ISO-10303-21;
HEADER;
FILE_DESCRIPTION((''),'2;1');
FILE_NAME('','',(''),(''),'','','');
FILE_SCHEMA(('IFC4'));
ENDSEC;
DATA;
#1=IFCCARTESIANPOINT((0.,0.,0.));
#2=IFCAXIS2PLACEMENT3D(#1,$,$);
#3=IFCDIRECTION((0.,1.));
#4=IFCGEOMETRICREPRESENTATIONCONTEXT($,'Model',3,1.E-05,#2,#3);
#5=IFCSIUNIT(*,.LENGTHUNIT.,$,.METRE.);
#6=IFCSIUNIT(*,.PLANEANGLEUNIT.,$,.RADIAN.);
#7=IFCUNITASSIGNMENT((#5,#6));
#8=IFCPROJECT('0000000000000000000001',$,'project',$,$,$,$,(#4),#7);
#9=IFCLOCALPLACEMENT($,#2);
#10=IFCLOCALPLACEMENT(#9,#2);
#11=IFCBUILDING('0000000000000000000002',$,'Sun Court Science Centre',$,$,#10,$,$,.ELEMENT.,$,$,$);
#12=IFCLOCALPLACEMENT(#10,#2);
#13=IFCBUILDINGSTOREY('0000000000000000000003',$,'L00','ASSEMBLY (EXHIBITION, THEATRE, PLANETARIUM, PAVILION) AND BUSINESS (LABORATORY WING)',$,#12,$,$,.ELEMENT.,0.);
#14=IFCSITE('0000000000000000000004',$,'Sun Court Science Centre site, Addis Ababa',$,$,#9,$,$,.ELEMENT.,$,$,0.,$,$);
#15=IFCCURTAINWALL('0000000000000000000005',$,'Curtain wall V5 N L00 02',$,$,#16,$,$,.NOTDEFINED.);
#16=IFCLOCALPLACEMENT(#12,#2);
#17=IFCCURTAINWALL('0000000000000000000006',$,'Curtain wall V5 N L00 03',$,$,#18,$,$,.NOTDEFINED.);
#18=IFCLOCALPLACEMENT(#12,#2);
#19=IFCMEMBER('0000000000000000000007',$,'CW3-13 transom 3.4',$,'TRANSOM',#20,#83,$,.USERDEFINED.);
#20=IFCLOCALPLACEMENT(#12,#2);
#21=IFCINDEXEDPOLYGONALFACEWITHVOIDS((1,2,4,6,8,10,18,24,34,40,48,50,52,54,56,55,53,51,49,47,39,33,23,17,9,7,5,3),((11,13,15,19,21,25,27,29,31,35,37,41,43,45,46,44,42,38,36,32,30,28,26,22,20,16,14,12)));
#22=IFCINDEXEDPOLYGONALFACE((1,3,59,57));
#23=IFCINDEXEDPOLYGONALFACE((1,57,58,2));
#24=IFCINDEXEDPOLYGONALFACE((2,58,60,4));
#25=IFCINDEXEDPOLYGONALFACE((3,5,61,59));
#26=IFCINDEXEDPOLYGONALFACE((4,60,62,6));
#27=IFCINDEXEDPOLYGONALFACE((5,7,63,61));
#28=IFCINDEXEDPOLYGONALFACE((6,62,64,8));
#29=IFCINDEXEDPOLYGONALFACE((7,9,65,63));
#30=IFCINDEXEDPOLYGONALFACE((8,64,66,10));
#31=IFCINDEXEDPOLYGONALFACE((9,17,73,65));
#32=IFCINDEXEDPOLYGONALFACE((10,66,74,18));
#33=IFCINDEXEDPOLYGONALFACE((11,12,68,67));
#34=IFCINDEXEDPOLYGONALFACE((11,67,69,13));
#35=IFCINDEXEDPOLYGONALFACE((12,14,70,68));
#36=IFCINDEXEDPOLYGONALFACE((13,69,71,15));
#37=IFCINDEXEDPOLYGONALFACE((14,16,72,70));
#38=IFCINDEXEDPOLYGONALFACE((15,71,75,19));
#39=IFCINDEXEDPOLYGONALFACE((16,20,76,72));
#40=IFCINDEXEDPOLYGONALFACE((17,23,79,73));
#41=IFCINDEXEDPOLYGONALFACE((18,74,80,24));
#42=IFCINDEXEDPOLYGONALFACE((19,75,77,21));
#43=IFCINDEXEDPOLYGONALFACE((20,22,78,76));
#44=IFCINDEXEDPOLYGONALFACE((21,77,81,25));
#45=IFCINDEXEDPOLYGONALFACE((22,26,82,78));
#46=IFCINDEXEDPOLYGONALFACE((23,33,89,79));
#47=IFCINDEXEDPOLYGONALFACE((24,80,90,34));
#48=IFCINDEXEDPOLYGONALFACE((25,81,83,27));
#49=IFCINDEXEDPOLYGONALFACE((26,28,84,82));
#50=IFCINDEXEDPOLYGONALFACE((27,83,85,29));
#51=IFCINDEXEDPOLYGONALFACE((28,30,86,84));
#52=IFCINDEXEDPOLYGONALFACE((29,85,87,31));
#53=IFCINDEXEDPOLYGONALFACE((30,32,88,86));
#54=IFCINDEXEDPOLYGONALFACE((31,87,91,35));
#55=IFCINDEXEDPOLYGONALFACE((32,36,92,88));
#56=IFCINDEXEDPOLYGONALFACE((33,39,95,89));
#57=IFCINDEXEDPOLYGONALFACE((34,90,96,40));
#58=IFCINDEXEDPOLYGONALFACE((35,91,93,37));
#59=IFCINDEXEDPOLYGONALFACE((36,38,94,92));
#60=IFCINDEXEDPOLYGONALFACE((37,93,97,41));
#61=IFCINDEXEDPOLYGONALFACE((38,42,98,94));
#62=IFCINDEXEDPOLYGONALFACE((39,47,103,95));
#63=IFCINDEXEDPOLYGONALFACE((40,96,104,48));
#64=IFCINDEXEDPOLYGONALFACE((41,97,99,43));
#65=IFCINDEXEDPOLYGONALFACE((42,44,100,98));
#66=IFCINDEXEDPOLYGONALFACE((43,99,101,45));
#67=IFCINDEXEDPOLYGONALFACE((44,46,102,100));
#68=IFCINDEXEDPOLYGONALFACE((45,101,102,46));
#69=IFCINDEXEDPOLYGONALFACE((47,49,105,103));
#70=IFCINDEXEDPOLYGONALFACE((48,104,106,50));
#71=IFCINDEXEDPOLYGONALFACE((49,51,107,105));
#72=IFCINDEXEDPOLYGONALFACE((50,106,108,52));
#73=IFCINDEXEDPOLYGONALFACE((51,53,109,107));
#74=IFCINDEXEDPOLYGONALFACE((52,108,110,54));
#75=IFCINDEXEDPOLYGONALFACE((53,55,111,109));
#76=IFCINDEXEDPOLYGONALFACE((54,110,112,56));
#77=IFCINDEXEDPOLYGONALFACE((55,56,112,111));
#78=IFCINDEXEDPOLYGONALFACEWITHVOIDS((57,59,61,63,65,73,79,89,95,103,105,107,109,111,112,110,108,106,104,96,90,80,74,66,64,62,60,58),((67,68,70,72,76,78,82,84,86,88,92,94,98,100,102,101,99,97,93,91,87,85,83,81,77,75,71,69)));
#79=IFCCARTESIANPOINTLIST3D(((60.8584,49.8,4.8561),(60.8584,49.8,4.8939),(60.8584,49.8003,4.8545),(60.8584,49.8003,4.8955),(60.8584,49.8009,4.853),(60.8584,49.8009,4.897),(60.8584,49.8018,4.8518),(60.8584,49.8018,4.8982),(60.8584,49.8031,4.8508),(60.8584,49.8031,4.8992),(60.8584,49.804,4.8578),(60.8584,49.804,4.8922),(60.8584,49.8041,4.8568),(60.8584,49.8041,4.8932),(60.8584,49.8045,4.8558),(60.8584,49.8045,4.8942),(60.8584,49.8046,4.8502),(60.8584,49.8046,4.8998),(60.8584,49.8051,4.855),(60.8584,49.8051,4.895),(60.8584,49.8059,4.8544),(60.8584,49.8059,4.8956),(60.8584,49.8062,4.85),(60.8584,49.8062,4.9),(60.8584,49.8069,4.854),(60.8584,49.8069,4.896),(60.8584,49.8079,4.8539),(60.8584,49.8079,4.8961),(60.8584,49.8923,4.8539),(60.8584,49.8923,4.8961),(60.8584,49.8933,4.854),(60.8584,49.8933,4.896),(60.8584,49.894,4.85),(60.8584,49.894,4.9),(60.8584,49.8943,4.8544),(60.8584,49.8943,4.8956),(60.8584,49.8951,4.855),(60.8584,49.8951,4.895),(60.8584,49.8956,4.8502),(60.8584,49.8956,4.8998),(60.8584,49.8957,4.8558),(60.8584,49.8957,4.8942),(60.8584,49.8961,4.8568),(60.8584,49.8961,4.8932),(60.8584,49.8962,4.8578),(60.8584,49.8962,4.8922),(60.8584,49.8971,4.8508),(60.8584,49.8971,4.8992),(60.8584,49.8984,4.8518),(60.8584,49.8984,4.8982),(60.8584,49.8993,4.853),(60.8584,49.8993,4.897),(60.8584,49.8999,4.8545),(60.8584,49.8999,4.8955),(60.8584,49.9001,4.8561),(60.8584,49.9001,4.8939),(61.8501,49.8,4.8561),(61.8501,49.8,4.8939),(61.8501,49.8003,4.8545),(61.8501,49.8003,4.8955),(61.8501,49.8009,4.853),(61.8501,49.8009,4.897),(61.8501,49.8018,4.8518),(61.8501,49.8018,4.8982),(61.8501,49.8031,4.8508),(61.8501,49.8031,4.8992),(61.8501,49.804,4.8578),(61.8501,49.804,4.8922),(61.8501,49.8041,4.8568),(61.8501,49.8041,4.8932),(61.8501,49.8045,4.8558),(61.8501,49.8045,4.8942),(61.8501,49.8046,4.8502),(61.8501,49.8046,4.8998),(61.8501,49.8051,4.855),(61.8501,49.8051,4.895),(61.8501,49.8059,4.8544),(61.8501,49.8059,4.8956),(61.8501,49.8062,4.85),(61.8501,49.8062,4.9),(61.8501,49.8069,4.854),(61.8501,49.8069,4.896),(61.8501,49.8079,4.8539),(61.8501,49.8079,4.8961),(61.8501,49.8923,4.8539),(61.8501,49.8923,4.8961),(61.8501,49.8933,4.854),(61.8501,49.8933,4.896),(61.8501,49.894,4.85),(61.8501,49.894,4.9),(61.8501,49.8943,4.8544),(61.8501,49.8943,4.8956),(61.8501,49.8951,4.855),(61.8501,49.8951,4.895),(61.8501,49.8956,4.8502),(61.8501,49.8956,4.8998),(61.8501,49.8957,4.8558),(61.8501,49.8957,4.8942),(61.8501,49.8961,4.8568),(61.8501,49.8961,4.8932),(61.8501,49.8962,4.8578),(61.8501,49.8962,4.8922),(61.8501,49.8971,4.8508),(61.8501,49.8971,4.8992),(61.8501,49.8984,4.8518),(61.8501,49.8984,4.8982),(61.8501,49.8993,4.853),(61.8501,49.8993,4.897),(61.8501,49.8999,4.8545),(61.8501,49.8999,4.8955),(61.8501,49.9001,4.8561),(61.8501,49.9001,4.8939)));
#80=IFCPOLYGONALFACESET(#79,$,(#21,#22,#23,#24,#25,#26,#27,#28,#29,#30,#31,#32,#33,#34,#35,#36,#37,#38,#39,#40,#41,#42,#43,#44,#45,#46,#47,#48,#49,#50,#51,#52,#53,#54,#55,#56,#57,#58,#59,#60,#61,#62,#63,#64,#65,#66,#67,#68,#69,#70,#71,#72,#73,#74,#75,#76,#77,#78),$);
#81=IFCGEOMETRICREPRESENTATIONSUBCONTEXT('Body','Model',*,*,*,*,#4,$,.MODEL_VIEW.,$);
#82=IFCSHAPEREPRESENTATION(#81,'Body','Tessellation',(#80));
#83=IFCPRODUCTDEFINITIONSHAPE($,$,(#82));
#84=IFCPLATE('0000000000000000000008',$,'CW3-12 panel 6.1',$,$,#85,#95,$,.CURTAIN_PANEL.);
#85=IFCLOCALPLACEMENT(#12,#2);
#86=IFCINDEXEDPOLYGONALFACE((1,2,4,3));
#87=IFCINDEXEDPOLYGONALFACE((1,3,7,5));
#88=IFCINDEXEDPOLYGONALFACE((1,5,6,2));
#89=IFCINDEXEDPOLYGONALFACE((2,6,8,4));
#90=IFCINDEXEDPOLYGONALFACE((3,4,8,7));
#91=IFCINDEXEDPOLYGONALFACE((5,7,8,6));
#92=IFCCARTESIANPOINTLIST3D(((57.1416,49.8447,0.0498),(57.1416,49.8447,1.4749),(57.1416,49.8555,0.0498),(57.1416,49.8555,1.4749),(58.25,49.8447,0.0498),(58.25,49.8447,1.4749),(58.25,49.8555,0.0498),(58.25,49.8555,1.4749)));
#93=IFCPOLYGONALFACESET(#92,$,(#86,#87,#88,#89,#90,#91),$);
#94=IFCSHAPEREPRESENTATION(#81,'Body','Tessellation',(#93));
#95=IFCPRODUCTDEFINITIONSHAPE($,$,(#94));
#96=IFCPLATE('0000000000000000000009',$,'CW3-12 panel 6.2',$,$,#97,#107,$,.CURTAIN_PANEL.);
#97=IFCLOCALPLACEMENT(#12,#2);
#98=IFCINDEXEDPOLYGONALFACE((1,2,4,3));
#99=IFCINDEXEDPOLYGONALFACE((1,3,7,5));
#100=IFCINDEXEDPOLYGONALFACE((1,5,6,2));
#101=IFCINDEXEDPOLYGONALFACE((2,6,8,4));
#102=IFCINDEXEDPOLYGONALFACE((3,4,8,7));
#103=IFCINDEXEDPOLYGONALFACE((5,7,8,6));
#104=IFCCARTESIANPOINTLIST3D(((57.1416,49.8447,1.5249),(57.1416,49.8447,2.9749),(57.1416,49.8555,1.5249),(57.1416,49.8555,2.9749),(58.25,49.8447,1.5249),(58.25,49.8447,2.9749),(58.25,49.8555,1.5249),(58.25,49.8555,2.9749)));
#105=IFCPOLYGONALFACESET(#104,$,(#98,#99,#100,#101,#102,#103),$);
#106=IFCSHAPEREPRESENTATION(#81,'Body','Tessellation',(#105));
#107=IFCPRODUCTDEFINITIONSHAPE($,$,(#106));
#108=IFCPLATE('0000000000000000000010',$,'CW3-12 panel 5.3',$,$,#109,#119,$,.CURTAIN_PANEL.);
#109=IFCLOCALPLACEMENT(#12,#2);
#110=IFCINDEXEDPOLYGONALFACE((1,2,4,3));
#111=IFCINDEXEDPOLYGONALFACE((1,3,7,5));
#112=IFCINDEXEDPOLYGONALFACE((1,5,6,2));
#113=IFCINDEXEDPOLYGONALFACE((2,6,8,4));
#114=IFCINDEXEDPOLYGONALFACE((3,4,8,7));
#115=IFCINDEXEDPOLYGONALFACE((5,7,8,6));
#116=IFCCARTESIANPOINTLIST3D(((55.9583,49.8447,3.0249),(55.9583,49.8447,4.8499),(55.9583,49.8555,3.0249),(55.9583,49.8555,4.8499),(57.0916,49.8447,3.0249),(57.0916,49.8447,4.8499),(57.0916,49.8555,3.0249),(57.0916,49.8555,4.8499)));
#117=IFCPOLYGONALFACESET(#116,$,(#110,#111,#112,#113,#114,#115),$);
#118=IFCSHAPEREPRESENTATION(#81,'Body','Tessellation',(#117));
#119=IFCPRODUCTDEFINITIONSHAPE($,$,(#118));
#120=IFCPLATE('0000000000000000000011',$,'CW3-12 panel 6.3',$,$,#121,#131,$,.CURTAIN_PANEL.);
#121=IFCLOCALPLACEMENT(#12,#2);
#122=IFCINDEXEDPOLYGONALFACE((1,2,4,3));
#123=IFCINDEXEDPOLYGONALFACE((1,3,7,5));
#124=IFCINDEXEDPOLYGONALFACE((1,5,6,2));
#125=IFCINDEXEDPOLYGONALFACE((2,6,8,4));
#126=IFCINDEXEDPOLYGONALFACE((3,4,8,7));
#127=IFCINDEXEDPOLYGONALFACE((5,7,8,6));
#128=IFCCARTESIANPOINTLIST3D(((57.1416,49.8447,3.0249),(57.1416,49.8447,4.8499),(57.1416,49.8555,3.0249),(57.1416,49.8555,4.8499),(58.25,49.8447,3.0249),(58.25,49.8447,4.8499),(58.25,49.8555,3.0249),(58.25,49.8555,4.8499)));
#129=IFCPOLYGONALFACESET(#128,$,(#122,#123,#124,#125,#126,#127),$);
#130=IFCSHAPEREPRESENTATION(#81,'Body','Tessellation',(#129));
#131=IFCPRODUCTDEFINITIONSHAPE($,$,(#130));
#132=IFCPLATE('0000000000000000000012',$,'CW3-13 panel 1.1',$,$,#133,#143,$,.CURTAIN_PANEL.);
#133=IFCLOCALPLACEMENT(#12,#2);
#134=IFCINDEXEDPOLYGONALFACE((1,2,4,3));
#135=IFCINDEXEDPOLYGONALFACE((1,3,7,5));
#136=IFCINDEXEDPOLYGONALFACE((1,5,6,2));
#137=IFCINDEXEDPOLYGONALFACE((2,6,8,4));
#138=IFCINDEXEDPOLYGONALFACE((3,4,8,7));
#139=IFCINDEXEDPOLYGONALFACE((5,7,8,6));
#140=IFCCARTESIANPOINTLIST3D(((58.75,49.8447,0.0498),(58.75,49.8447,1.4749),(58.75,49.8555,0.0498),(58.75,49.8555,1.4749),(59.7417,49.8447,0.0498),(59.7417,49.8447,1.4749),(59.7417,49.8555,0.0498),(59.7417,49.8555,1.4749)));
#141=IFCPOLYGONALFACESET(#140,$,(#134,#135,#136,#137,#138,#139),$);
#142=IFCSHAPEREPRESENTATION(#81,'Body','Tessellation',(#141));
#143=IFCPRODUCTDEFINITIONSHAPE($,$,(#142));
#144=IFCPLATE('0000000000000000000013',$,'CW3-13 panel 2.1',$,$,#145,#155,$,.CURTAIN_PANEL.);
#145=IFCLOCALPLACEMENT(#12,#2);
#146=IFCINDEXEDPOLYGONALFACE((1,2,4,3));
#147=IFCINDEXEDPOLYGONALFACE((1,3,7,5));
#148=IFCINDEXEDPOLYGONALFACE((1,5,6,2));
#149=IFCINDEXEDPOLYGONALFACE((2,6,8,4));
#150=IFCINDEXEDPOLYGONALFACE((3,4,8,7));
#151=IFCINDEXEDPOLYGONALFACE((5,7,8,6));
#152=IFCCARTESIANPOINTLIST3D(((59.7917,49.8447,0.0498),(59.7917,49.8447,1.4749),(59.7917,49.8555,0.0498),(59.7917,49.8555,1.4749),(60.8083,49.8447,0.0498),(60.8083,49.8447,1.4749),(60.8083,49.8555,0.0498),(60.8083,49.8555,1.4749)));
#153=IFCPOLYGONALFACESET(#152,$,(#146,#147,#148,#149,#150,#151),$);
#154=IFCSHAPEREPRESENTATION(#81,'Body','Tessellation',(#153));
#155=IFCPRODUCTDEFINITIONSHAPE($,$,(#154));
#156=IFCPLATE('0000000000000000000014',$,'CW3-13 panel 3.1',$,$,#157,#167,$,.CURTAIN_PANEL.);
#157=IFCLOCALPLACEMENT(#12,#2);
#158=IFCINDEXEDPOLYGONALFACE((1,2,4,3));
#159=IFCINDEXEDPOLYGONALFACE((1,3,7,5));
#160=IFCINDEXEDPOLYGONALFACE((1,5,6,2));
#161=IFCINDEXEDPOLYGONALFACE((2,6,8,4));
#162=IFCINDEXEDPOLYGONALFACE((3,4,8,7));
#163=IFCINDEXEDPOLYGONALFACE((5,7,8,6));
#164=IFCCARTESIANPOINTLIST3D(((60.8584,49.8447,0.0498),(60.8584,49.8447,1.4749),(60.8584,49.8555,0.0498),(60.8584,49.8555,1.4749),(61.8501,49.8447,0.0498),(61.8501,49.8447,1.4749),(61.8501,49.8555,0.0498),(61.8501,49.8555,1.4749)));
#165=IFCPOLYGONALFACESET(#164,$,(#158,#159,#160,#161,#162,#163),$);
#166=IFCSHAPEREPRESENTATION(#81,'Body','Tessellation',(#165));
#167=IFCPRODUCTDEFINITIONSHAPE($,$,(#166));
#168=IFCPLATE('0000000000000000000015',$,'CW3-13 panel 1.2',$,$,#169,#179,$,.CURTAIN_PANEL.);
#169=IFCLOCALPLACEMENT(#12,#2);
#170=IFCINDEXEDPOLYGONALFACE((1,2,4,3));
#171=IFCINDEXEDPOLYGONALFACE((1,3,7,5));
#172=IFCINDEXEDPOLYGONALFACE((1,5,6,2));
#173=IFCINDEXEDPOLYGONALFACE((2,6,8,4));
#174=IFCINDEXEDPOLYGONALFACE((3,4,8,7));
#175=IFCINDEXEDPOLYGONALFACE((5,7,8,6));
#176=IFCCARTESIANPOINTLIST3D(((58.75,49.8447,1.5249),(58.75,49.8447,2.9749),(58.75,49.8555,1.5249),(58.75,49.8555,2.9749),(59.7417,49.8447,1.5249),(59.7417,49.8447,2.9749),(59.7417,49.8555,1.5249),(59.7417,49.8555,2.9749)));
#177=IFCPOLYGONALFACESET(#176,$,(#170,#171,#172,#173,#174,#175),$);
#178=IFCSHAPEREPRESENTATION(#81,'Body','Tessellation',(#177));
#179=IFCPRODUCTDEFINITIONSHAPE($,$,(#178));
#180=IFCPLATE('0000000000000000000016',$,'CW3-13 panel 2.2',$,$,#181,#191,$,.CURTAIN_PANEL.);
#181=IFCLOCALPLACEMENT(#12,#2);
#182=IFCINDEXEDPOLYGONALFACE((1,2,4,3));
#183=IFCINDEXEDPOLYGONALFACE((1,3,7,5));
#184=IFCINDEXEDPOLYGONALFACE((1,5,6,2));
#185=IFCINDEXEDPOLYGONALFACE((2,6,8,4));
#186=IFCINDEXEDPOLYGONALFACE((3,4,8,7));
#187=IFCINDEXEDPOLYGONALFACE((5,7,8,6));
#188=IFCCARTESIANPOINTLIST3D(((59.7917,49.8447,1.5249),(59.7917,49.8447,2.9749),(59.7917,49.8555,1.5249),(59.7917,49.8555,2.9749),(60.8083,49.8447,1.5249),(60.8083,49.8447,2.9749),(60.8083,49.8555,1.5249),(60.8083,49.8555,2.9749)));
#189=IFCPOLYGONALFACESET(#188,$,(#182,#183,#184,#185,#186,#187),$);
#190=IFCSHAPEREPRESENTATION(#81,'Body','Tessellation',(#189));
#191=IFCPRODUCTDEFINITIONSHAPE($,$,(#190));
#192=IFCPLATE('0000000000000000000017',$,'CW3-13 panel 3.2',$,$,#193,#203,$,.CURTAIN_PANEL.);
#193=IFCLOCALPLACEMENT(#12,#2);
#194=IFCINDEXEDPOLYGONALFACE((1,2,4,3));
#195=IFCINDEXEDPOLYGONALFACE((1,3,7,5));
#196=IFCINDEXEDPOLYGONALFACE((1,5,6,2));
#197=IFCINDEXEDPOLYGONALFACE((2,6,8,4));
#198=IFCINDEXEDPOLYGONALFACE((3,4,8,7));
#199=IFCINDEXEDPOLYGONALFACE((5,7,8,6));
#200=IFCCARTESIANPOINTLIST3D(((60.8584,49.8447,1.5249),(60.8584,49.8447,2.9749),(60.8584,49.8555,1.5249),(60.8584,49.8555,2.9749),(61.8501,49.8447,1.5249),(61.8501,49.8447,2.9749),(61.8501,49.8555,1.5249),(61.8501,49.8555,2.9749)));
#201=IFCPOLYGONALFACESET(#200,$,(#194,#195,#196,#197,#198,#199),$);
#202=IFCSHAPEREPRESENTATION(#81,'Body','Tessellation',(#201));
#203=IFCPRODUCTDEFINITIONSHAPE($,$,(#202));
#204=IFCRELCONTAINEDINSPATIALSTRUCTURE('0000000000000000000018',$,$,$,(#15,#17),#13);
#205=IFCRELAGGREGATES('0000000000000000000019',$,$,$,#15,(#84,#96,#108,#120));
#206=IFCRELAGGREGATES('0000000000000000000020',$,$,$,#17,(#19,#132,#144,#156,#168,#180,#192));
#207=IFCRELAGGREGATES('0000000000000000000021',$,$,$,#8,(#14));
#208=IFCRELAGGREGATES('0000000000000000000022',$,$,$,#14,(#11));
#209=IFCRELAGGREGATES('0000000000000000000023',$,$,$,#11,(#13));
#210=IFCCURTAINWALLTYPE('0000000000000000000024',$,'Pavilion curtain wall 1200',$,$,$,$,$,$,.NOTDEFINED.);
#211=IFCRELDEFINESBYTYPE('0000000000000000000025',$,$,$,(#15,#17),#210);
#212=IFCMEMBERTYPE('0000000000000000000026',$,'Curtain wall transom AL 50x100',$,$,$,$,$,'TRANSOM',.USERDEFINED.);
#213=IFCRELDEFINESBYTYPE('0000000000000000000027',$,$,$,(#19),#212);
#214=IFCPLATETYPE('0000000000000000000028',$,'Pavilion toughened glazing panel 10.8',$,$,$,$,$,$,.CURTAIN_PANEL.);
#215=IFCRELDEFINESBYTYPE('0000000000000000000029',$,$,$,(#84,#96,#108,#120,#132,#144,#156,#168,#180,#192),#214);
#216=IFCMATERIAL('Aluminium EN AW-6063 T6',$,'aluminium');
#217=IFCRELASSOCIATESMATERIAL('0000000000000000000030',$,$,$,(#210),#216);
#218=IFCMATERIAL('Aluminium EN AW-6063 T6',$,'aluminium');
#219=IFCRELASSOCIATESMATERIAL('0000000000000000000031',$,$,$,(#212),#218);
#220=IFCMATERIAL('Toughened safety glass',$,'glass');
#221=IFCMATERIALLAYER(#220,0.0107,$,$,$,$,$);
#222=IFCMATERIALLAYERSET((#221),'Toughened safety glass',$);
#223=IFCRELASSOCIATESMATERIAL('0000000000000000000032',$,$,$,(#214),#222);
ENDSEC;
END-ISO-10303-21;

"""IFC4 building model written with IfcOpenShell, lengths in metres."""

from ifc_helpers import new_model, si_unit, direction, frame, origin, origin_2d, place, context, subcontext, project, spatial, rectangle, hollow_rectangle, extrude, material, layer, layer_set, material_profile, profile_set, type_object, element, aggregate, save


model = new_model("IFC4")

# Units and contexts
model_context = context("Model", 3, precision=1e-05, world=origin(), true_north=direction((0.0, 1.0)))
body_context = subcontext(model_context, "Body", "Model", "MODEL_VIEW")
ifc_project = project(units=[si_unit("LENGTHUNIT", "METRE"), si_unit("PLANEANGLEUNIT", "RADIAN")], contexts=[model_context])

# Site, building, storey
site_placement = place(None, origin())
site = spatial("IfcSite", under=ifc_project, at=site_placement, Name="Sun Court Science Centre site, Addis Ababa", CompositionType="ELEMENT", RefElevation=0.0)
building_placement = place(site_placement, origin())
building = spatial("IfcBuilding", under=site, at=building_placement, Name="Sun Court Science Centre", CompositionType="ELEMENT")
storey_placement = place(building_placement, origin())
storey = spatial("IfcBuildingStorey", under=building, at=storey_placement, Name="L00", Description="ASSEMBLY (EXHIBITION, THEATRE, PLANETARIUM, PAVILION) AND BUSINESS (LABORATORY WING)", CompositionType="ELEMENT", Elevation=0.0)

# Curtain walls
ifc_material_1 = material(Name="Aluminium EN AW-6063 T6", Category="aluminium")
curtain_wall_type = type_object("IfcCurtainWallType", Name="Pavilion curtain wall 1200", PredefinedType="NOTDEFINED", material=ifc_material_1)
curtain_wall_1_placement = place(storey_placement, origin())
curtain_wall_1 = element("IfcCurtainWall", 1, at=curtain_wall_1_placement, inside=storey, type_object=curtain_wall_type, Name="Curtain wall V5 N L00 02", PredefinedType="NOTDEFINED")
curtain_wall_2_placement = place(storey_placement, origin())
curtain_wall_2 = element("IfcCurtainWall", 2, at=curtain_wall_2_placement, inside=storey, type_object=curtain_wall_type, Name="Curtain wall V5 N L00 03", PredefinedType="NOTDEFINED")

# Member
ifc_material_2 = material(Name="Aluminium EN AW-6063 T6", Category="aluminium")
ifc_material_profile_1 = material_profile(ifc_material_2, hollow_rectangle(XDim=0.05, YDim=0.1001, WallThickness=0.0039, InnerFilletRadius=0.0039, OuterFilletRadius=0.0061, at=origin_2d()), Name="AL 50x100x4")
ifc_profile_set_1 = profile_set([ifc_material_profile_1], Name="Aluminium EN AW-6063 T6")
member_type_1 = type_object("IfcMemberType", Name="Curtain wall transom AL 50x100", ElementType="TRANSOM", PredefinedType="USERDEFINED", material=ifc_profile_set_1)
member_1_placement = place(storey_placement, frame((60.8584, 49.8501, 4.875), z_axis=(1.0, 0.0, 0.0), x_axis=(0.0, 0.0, 1.0)))
member_1 = element("IfcMember", 3, at=member_1_placement, type_object=member_type_1, Name="CW3-13 transom 3.4", ObjectType="TRANSOM", PredefinedType="USERDEFINED", context=body_context, shape_type="SweptSolid", body=[
    extrude(hollow_rectangle(XDim=0.05, YDim=0.1001, WallThickness=0.0039, InnerFilletRadius=0.0039, OuterFilletRadius=0.0061, at=origin_2d()), origin(), (0.0, 0.0, 1.0), 0.9917),
])

# Plates
ifc_material_3 = material(Name="Toughened safety glass", Category="glass")
ifc_layer_1 = layer(ifc_material_3, 0.0107)
ifc_layer_set_1 = layer_set([ifc_layer_1], Name="Toughened safety glass")
plate_type = type_object("IfcPlateType", Name="Pavilion toughened glazing panel 10.8", PredefinedType="CURTAIN_PANEL", material=ifc_layer_set_1)
plate_1_placement = place(storey_placement, frame((57.6958, 49.8501, 0.0498), z_axis=(0.0, 0.0, 1.0), x_axis=(1.0, 0.0, 0.0)))
plate_1 = element("IfcPlate", 4, at=plate_1_placement, type_object=plate_type, Name="CW3-12 panel 6.1", PredefinedType="CURTAIN_PANEL", context=body_context, shape_type="SweptSolid", body=[
    extrude(rectangle(XDim=1.1084, YDim=0.0107, at=origin_2d()), origin(), (0.0, 0.0, 1.0), 1.425),
])
plate_2_placement = place(storey_placement, frame((57.6958, 49.8501, 1.5249), z_axis=(0.0, 0.0, 1.0), x_axis=(1.0, 0.0, 0.0)))
plate_2 = element("IfcPlate", 5, at=plate_2_placement, type_object=plate_type, Name="CW3-12 panel 6.2", PredefinedType="CURTAIN_PANEL", context=body_context, shape_type="SweptSolid", body=[
    extrude(rectangle(XDim=1.1084, YDim=0.0107, at=origin_2d()), origin(), (0.0, 0.0, 1.0), 1.45),
])
plate_3_placement = place(storey_placement, frame((56.5249, 49.8501, 3.0249), z_axis=(0.0, 0.0, 1.0), x_axis=(1.0, 0.0, 0.0)))
plate_3 = element("IfcPlate", 6, at=plate_3_placement, type_object=plate_type, Name="CW3-12 panel 5.3", PredefinedType="CURTAIN_PANEL", context=body_context, shape_type="SweptSolid", body=[
    extrude(rectangle(XDim=1.1333, YDim=0.0107, at=origin_2d()), origin(), (0.0, 0.0, 1.0), 1.825),
])
plate_4_placement = place(storey_placement, frame((57.6958, 49.8501, 3.0249), z_axis=(0.0, 0.0, 1.0), x_axis=(1.0, 0.0, 0.0)))
plate_4 = element("IfcPlate", 7, at=plate_4_placement, type_object=plate_type, Name="CW3-12 panel 6.3", PredefinedType="CURTAIN_PANEL", context=body_context, shape_type="SweptSolid", body=[
    extrude(rectangle(XDim=1.1084, YDim=0.0107, at=origin_2d()), origin(), (0.0, 0.0, 1.0), 1.825),
])
aggregate(curtain_wall_1, [plate_1, plate_2, plate_3, plate_4])
plate_5_placement = place(storey_placement, frame((59.2458, 49.8501, 0.0498), z_axis=(0.0, 0.0, 1.0), x_axis=(1.0, 0.0, 0.0)))
plate_5 = element("IfcPlate", 8, at=plate_5_placement, type_object=plate_type, Name="CW3-13 panel 1.1", PredefinedType="CURTAIN_PANEL", context=body_context, shape_type="SweptSolid", body=[
    extrude(rectangle(XDim=0.9917, YDim=0.0107, at=origin_2d()), origin(), (0.0, 0.0, 1.0), 1.425),
])
plate_6_placement = place(storey_placement, frame((60.3, 49.8501, 0.0498), z_axis=(0.0, 0.0, 1.0), x_axis=(1.0, 0.0, 0.0)))
plate_6 = element("IfcPlate", 9, at=plate_6_placement, type_object=plate_type, Name="CW3-13 panel 2.1", PredefinedType="CURTAIN_PANEL", context=body_context, shape_type="SweptSolid", body=[
    extrude(rectangle(XDim=1.0166, YDim=0.0107, at=origin_2d()), origin(), (0.0, 0.0, 1.0), 1.425),
])
plate_7_placement = place(storey_placement, frame((61.3542, 49.8501, 0.0498), z_axis=(0.0, 0.0, 1.0), x_axis=(1.0, 0.0, 0.0)))
plate_7 = element("IfcPlate", 10, at=plate_7_placement, type_object=plate_type, Name="CW3-13 panel 3.1", PredefinedType="CURTAIN_PANEL", context=body_context, shape_type="SweptSolid", body=[
    extrude(rectangle(XDim=0.9917, YDim=0.0107, at=origin_2d()), origin(), (0.0, 0.0, 1.0), 1.425),
])
plate_8_placement = place(storey_placement, frame((59.2458, 49.8501, 1.5249), z_axis=(0.0, 0.0, 1.0), x_axis=(1.0, 0.0, 0.0)))
plate_8 = element("IfcPlate", 11, at=plate_8_placement, type_object=plate_type, Name="CW3-13 panel 1.2", PredefinedType="CURTAIN_PANEL", context=body_context, shape_type="SweptSolid", body=[
    extrude(rectangle(XDim=0.9917, YDim=0.0107, at=origin_2d()), origin(), (0.0, 0.0, 1.0), 1.45),
])
plate_9_placement = place(storey_placement, frame((60.3, 49.8501, 1.5249), z_axis=(0.0, 0.0, 1.0), x_axis=(1.0, 0.0, 0.0)))
plate_9 = element("IfcPlate", 12, at=plate_9_placement, type_object=plate_type, Name="CW3-13 panel 2.2", PredefinedType="CURTAIN_PANEL", context=body_context, shape_type="SweptSolid", body=[
    extrude(rectangle(XDim=1.0166, YDim=0.0107, at=origin_2d()), origin(), (0.0, 0.0, 1.0), 1.45),
])
plate_10_placement = place(storey_placement, frame((61.3542, 49.8501, 1.5249), z_axis=(0.0, 0.0, 1.0), x_axis=(1.0, 0.0, 0.0)))
plate_10 = element("IfcPlate", 13, at=plate_10_placement, type_object=plate_type, Name="CW3-13 panel 3.2", PredefinedType="CURTAIN_PANEL", context=body_context, shape_type="SweptSolid", body=[
    extrude(rectangle(XDim=0.9917, YDim=0.0107, at=origin_2d()), origin(), (0.0, 0.0, 1.0), 1.45),
])
aggregate(curtain_wall_2, [member_1, plate_5, plate_6, plate_7, plate_8, plate_9, plate_10])

save(model, "model.ifc")
